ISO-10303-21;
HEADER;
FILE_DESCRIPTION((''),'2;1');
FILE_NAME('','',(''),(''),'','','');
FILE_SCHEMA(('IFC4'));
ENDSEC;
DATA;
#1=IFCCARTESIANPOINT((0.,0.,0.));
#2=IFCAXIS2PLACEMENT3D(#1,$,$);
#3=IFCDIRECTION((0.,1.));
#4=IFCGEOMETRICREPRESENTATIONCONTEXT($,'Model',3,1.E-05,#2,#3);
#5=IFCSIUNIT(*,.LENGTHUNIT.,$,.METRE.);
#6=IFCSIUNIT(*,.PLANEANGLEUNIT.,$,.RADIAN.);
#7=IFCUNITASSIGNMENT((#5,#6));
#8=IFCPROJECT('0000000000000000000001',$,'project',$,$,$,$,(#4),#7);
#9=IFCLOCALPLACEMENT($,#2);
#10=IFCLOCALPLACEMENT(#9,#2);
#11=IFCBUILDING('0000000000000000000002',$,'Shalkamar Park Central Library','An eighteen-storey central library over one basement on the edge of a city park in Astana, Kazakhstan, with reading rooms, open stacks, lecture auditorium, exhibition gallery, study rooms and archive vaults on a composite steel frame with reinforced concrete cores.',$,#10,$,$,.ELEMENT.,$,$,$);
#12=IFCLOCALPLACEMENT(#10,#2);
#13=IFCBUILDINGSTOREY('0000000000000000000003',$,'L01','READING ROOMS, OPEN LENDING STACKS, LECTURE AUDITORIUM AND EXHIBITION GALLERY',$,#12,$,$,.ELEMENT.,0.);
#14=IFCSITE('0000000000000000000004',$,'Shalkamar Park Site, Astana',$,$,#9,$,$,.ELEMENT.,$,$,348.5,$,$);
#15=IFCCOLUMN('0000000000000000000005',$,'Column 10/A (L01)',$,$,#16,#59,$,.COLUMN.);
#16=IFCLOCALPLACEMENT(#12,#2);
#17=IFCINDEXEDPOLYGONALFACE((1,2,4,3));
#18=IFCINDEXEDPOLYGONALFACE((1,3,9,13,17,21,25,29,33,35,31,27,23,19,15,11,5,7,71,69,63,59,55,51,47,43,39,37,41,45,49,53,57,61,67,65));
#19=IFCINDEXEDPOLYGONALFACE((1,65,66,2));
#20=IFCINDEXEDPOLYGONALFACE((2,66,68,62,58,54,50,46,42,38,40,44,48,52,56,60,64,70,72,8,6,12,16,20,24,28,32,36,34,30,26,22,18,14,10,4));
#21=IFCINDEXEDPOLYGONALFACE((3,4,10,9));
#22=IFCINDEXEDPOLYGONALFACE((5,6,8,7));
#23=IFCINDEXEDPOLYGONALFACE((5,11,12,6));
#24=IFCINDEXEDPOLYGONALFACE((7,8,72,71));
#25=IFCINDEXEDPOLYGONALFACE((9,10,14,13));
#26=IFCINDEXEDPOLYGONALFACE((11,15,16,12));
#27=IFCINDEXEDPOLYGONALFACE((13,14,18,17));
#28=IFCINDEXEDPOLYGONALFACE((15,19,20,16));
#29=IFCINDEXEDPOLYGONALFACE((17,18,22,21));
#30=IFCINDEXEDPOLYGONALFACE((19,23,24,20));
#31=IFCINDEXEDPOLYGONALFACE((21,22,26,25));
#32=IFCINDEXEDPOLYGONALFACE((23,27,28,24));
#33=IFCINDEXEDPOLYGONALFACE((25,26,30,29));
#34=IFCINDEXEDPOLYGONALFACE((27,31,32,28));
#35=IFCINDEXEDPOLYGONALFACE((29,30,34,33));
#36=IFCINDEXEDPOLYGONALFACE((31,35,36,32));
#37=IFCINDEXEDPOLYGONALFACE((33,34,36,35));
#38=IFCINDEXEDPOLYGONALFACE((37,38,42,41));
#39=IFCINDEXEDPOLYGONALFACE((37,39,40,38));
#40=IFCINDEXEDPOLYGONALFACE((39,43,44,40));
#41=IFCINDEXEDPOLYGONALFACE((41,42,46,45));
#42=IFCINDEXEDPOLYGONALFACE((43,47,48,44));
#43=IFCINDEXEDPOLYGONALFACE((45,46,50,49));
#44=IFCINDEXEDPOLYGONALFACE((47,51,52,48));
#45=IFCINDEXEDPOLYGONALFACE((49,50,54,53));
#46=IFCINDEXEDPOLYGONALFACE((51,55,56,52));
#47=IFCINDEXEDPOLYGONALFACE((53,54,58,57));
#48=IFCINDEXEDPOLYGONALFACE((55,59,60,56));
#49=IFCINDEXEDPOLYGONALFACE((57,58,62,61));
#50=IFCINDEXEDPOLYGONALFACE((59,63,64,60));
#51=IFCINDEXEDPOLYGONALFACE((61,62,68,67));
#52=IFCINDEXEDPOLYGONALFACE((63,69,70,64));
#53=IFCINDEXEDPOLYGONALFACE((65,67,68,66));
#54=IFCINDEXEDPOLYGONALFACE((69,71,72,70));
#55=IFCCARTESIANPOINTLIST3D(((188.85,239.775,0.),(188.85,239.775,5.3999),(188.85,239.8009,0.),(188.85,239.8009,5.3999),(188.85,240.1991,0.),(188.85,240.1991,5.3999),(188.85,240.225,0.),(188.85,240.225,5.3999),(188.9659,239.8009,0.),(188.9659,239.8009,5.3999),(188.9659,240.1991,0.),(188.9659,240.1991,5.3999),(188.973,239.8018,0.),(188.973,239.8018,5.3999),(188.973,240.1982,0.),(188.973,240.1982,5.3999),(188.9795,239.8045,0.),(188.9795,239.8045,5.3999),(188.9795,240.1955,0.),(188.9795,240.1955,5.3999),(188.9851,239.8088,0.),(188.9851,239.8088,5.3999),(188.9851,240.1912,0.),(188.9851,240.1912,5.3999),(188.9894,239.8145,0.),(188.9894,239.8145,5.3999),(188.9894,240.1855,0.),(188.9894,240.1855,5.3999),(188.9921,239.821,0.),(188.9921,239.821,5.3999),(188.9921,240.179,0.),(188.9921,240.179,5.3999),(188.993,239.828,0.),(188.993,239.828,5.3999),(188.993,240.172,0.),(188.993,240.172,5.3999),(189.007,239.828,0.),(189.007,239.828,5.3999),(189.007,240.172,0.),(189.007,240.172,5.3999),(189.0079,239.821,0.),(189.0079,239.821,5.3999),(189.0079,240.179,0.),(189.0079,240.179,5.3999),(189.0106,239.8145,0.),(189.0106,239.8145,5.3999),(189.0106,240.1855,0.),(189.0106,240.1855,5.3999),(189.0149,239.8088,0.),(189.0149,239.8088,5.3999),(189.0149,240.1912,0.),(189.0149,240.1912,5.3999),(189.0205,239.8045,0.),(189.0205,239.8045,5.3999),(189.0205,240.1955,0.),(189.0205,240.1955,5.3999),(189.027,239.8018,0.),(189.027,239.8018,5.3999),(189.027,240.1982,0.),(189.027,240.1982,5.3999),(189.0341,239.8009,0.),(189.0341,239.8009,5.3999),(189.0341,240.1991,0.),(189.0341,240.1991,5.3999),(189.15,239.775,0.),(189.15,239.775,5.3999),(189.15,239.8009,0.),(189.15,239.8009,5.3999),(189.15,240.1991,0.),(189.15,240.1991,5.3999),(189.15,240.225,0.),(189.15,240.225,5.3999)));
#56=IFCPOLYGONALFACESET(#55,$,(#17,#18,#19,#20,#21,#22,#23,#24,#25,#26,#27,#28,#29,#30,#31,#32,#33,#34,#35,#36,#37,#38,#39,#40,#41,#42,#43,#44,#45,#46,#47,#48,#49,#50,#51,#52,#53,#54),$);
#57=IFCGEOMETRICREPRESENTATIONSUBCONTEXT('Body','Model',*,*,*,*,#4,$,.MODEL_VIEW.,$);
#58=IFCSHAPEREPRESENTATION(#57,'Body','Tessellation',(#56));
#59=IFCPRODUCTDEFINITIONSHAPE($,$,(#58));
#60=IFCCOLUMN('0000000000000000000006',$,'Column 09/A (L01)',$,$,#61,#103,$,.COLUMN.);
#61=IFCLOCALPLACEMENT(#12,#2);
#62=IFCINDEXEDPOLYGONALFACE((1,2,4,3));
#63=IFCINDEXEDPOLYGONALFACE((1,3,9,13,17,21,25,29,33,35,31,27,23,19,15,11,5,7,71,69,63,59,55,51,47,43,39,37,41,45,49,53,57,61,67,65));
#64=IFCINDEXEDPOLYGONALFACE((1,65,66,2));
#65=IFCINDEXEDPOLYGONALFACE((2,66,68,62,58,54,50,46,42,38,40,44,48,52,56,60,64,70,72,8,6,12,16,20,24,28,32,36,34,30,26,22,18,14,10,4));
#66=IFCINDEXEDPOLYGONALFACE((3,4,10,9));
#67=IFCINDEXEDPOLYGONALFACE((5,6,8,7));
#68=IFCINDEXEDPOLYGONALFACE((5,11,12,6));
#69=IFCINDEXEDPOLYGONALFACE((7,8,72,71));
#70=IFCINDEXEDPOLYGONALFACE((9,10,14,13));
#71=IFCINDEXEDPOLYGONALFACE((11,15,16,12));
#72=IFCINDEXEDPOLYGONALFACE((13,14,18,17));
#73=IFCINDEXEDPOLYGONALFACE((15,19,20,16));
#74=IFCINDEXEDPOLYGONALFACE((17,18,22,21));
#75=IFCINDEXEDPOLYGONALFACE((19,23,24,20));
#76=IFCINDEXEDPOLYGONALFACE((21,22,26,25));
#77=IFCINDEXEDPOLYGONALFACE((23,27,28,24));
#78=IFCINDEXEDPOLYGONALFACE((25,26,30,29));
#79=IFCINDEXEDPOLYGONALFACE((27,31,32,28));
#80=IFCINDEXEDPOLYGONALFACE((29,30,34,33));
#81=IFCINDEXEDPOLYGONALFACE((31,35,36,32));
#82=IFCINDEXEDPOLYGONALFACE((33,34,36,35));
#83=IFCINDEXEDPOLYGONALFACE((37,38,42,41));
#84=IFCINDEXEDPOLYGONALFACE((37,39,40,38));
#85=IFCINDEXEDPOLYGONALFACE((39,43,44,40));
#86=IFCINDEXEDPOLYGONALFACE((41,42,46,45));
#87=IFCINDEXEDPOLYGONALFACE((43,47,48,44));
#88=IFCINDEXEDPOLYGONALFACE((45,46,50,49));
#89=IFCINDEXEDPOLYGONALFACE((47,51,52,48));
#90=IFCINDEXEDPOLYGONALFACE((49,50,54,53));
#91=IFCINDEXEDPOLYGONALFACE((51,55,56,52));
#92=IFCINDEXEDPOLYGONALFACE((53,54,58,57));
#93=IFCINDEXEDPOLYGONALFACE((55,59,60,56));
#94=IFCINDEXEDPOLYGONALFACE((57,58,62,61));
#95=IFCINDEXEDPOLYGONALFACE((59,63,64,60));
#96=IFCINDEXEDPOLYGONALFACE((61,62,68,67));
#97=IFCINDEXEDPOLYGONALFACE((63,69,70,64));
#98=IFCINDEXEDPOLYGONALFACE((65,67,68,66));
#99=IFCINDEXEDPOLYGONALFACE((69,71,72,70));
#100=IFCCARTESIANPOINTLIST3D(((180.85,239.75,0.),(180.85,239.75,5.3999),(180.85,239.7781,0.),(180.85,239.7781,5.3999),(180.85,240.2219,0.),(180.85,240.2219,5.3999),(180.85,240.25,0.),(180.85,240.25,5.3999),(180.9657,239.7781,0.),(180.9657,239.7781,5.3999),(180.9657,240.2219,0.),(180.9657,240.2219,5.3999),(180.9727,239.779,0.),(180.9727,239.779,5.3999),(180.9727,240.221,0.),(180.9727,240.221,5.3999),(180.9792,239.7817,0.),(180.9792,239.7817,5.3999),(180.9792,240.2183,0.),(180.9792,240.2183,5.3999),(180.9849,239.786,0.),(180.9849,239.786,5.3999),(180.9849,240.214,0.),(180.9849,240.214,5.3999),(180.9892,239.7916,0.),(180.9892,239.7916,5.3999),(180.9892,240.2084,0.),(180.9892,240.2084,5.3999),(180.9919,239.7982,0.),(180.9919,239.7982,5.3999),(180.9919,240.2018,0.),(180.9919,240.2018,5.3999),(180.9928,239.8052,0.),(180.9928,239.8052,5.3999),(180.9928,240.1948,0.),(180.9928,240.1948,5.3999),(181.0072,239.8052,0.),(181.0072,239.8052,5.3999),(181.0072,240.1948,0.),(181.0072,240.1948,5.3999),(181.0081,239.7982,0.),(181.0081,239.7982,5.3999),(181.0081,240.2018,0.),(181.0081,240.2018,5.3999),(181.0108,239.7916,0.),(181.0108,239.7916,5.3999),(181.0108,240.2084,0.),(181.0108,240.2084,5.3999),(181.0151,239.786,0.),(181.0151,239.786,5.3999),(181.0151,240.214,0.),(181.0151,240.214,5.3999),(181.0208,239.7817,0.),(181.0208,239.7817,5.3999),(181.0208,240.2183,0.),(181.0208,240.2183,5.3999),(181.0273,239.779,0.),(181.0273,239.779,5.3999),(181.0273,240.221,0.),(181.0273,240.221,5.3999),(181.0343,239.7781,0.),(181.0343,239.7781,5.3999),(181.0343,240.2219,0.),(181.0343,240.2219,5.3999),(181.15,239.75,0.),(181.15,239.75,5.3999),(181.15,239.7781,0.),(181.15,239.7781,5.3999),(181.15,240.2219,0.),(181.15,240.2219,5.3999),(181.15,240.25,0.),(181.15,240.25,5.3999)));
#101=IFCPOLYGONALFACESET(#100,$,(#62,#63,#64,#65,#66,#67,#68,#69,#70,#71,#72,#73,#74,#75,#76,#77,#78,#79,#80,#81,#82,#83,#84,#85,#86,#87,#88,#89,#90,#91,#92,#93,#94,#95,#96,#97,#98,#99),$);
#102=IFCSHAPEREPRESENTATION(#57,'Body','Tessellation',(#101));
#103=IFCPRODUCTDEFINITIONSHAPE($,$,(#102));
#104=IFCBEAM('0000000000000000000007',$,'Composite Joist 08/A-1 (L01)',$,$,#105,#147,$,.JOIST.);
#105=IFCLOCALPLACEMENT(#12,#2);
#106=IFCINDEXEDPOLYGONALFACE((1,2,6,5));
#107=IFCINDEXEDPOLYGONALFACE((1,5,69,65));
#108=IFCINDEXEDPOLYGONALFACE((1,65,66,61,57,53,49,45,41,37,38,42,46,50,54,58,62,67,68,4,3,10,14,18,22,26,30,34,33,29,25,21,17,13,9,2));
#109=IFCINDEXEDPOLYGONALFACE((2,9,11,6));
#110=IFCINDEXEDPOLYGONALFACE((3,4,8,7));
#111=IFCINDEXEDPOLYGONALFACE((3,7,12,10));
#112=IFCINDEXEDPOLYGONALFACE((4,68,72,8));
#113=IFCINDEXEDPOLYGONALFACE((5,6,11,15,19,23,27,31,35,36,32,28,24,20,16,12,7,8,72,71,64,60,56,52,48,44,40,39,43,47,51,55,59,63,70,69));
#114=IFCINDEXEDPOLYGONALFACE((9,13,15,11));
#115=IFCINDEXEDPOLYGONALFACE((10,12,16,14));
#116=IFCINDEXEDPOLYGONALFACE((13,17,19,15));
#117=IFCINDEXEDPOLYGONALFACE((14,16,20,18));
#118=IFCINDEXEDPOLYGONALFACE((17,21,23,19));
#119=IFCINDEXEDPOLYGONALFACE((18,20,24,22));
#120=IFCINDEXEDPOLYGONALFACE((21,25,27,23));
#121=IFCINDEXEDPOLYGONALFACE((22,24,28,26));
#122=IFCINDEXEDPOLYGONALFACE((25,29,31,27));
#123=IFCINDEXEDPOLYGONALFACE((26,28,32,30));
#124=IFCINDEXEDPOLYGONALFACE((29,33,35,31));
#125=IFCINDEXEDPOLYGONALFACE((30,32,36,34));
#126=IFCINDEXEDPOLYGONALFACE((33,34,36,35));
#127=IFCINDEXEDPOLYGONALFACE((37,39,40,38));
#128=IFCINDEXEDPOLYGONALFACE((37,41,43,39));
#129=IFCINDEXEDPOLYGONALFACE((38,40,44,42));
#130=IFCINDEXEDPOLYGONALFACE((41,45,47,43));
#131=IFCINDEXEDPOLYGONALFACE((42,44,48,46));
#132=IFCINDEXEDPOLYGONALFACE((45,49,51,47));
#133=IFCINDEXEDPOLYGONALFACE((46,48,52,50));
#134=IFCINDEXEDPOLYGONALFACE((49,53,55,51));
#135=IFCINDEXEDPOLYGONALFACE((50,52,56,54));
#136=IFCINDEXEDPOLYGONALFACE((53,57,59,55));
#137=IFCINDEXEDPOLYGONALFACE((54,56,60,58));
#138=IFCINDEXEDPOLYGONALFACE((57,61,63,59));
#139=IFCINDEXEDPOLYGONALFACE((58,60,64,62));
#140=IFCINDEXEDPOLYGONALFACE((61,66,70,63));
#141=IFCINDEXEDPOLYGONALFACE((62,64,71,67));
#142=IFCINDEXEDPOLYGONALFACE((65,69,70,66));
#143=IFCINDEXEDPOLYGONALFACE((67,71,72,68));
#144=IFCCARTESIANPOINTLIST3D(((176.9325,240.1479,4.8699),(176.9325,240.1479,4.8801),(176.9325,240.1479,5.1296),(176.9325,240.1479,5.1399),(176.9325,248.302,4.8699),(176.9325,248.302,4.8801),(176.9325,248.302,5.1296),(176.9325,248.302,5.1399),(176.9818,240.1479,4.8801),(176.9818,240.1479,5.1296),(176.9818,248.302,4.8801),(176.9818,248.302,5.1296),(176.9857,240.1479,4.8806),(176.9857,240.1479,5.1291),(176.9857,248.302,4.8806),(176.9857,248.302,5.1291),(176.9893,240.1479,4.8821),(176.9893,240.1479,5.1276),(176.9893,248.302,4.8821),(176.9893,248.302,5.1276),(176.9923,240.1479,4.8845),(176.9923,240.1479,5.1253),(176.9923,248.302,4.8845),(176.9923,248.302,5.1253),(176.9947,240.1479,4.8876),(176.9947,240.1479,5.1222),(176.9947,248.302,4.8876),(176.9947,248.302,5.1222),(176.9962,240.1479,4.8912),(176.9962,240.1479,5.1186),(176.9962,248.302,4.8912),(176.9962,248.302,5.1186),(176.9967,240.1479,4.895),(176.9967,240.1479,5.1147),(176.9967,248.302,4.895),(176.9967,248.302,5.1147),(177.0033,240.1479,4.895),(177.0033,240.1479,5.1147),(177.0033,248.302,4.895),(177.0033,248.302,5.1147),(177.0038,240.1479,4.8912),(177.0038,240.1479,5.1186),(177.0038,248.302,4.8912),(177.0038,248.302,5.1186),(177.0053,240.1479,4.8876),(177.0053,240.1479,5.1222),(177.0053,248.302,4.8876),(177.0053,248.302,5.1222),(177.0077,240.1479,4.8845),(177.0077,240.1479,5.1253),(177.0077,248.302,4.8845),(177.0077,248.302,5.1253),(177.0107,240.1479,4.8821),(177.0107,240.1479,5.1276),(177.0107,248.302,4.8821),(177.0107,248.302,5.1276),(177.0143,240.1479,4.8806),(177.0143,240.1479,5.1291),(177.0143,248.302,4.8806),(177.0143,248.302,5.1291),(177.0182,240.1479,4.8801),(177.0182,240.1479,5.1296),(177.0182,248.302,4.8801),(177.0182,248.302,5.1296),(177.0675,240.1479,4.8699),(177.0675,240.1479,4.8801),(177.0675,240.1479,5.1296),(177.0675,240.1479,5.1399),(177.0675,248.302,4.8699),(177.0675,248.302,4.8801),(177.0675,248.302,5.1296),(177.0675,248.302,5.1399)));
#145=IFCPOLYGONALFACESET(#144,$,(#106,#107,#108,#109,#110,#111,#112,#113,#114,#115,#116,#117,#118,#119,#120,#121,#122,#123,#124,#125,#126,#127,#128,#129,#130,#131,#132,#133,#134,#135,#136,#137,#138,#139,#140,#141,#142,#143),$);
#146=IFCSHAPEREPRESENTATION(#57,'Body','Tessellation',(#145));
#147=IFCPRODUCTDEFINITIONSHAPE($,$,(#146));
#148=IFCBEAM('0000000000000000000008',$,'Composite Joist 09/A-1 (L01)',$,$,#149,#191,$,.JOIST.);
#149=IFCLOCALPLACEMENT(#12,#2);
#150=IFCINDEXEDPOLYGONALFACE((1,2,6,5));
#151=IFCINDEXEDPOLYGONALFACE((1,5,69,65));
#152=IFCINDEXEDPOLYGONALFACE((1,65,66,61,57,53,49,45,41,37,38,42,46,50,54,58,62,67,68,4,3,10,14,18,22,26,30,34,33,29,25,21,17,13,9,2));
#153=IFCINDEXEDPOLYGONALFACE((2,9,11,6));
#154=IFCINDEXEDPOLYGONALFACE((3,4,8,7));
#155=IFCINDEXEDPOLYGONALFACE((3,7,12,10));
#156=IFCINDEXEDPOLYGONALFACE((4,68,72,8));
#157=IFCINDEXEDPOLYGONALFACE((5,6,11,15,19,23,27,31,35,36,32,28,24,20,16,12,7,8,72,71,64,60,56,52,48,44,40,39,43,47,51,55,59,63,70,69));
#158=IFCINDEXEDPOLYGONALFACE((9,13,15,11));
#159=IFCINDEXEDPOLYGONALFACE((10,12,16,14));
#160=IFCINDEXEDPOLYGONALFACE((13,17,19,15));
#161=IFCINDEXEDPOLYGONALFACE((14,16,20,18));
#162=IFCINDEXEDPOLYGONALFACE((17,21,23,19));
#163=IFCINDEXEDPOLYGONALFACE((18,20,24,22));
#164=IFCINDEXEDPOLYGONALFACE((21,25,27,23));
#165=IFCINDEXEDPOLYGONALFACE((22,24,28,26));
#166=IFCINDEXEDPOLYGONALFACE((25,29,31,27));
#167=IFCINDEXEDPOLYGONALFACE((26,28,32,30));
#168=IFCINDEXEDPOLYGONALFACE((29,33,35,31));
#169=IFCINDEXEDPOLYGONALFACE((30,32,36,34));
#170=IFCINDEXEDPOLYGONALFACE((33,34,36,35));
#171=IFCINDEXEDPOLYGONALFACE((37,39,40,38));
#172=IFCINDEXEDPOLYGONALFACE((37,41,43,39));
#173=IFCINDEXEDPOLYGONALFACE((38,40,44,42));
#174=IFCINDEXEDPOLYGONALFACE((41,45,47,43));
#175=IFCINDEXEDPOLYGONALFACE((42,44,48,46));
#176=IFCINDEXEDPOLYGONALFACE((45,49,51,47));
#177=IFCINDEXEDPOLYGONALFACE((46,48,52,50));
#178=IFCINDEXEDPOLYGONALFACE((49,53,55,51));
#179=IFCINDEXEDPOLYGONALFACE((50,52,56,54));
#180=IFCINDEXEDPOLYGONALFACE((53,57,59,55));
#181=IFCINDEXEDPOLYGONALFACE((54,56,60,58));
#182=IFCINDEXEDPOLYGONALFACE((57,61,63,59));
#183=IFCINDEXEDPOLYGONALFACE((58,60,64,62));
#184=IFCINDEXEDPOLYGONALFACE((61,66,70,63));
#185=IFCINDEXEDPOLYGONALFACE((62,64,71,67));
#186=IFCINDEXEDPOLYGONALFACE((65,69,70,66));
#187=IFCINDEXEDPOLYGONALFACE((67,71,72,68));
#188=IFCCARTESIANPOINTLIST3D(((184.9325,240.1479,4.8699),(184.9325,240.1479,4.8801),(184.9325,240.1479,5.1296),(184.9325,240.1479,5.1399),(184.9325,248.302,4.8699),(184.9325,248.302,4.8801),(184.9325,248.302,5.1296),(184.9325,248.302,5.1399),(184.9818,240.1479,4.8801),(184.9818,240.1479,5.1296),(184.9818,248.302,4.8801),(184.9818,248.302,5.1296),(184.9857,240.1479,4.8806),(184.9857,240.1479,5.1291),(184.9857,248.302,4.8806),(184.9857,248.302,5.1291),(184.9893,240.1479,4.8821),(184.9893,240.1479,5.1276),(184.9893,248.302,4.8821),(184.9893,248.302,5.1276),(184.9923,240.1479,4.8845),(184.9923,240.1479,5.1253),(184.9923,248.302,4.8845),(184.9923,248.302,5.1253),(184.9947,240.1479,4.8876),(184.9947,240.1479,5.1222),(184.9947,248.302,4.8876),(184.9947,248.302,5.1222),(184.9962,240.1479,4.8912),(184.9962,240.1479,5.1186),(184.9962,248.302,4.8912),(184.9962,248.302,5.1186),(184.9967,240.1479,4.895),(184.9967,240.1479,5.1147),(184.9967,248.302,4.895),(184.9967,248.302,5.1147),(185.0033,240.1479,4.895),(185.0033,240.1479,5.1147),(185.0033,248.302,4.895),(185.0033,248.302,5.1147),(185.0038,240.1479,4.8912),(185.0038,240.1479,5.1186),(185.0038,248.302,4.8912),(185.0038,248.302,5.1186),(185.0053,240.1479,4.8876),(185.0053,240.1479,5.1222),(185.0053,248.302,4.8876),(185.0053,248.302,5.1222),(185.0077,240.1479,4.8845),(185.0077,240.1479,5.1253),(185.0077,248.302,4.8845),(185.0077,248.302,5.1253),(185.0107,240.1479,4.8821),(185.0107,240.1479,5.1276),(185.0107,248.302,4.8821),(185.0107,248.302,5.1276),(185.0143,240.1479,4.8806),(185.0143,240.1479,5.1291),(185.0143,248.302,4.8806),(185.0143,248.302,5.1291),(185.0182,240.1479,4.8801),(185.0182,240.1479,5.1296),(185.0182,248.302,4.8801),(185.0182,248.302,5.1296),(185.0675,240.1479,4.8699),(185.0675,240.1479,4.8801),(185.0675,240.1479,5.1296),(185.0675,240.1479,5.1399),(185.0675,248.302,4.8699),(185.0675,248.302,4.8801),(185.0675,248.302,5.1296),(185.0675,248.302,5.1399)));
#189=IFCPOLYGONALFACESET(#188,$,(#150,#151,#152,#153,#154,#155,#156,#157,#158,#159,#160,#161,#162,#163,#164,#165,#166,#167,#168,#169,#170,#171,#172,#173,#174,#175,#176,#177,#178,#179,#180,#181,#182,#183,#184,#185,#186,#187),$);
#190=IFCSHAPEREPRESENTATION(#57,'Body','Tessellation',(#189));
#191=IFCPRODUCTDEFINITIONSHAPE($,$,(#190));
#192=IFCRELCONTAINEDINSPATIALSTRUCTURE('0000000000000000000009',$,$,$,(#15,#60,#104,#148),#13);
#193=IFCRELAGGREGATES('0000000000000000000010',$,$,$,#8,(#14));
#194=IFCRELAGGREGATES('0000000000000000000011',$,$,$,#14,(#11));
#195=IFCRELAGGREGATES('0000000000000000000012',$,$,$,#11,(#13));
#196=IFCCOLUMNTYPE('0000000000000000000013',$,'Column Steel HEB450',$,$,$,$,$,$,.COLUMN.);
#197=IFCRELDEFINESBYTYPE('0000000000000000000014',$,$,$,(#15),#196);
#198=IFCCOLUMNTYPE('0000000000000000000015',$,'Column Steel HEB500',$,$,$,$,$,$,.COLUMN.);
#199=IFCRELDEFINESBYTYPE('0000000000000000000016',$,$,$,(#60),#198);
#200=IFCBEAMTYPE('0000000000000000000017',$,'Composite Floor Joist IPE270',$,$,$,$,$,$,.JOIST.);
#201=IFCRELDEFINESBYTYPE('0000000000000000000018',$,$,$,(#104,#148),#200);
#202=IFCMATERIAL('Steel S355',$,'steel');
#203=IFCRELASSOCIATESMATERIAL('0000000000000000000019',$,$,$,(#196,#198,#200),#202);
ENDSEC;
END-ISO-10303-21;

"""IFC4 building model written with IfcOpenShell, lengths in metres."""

from ifc_helpers import new_model, si_unit, direction, frame, origin, origin_2d, place, context, subcontext, project, spatial, i_section, extrude, material, material_profile, profile_set, type_object, element, save


model = new_model("IFC4")

# Units and contexts
model_context = context("Model", 3, precision=1e-05, world=origin(), true_north=direction((0.0, 1.0)))
body_context = subcontext(model_context, "Body", "Model", "MODEL_VIEW")
ifc_project = project(units=[si_unit("LENGTHUNIT", "METRE"), si_unit("PLANEANGLEUNIT", "RADIAN")], contexts=[model_context])

# Site, building, storey
site_placement = place(None, origin())
site = spatial("IfcSite", under=ifc_project, at=site_placement, Name="Shalkamar Park Site, Astana", CompositionType="ELEMENT", RefElevation=348.5)
building_placement = place(site_placement, origin())
building = spatial("IfcBuilding", under=site, at=building_placement, Name="Shalkamar Park Central Library", Description="An eighteen-storey central library over one basement on the edge of a city park in Astana, Kazakhstan, with reading rooms, open stacks, lecture auditorium, exhibition gallery, study rooms and archive vaults on a composite steel frame with reinforced concrete cores.", CompositionType="ELEMENT")
storey_placement = place(building_placement, origin())
storey = spatial("IfcBuildingStorey", under=building, at=storey_placement, Name="L01", Description="READING ROOMS, OPEN LENDING STACKS, LECTURE AUDITORIUM AND EXHIBITION GALLERY", CompositionType="ELEMENT", Elevation=0.0)

# Columns
ifc_material_1 = material(Name="Steel S355", Category="steel")
ifc_material_profile_1 = material_profile(ifc_material_1, i_section(OverallWidth=0.3, OverallDepth=0.45, WebThickness=0.0139, FlangeThickness=0.0259, FilletRadius=0.0271, at=origin_2d()), Name="HEB 450")
ifc_profile_set_1 = profile_set([ifc_material_profile_1], Name="Steel S355")
column_type_1 = type_object("IfcColumnType", Name="Column Steel HEB450", PredefinedType="COLUMN", material=ifc_profile_set_1)
column_1_placement = place(storey_placement, frame((189.0, 240.0, 0.0), z_axis=(0.0, 0.0, 1.0), x_axis=(1.0, 0.0, 0.0)))
element("IfcColumn", 1, at=column_1_placement, inside=storey, type_object=column_type_1, Name="Column 10/A (L01)", PredefinedType="COLUMN", context=body_context, shape_type="SweptSolid", body=[
    extrude(i_section(OverallWidth=0.3, OverallDepth=0.45, WebThickness=0.0139, FlangeThickness=0.0259, FilletRadius=0.0271, at=origin_2d()), origin(), (0.0, 0.0, 1.0), 5.3999),
])
ifc_material_profile_2 = material_profile(ifc_material_1, i_section(OverallWidth=0.3, OverallDepth=0.5, WebThickness=0.0144, FlangeThickness=0.0281, FilletRadius=0.0271, at=origin_2d()), Name="HEB 500")
ifc_profile_set_2 = profile_set([ifc_material_profile_2], Name="Steel S355")
column_type_2 = type_object("IfcColumnType", Name="Column Steel HEB500", PredefinedType="COLUMN", material=ifc_profile_set_2)
column_2_placement = place(storey_placement, frame((181.0, 240.0, 0.0), z_axis=(0.0, 0.0, 1.0), x_axis=(1.0, 0.0, 0.0)))
element("IfcColumn", 2, at=column_2_placement, inside=storey, type_object=column_type_2, Name="Column 09/A (L01)", PredefinedType="COLUMN", context=body_context, shape_type="SweptSolid", body=[
    extrude(i_section(OverallWidth=0.3, OverallDepth=0.5, WebThickness=0.0144, FlangeThickness=0.0281, FilletRadius=0.0271, at=origin_2d()), origin(), (0.0, 0.0, 1.0), 5.3999),
])

# Beams
ifc_material_profile_3 = material_profile(ifc_material_1, i_section(OverallWidth=0.135, OverallDepth=0.27, WebThickness=0.0066, FlangeThickness=0.0103, FilletRadius=0.0149, at=origin_2d()), Name="IPE 270")
ifc_profile_set_3 = profile_set([ifc_material_profile_3], Name="Steel S355")
beam_type_1 = type_object("IfcBeamType", Name="Composite Floor Joist IPE270", PredefinedType="JOIST", material=ifc_profile_set_3)
for number, where, z_axis, x_axis, name in (
    (3, (177.0, 240.1479, 5.0049), (0.0, 1.0, 0.0), (-1.0, 0.0, 0.0), "Composite Joist 08/A-1 (L01)"),
    (4, (185.0, 240.1479, 5.0049), (0.0, 1.0, 0.0), (-1.0, 0.0, 0.0), "Composite Joist 09/A-1 (L01)"),
):
    element("IfcBeam", number, at=place(storey_placement, frame(where, z_axis=z_axis, x_axis=x_axis)), inside=storey, type_object=beam_type_1, Name=name, PredefinedType="JOIST", context=body_context, shape_type="SweptSolid", body=[
        extrude(i_section(OverallWidth=0.135, OverallDepth=0.27, WebThickness=0.0066, FlangeThickness=0.0103, FilletRadius=0.0149, at=origin_2d()), origin(), (0.0, 0.0, 1.0), 8.1541),
    ])

save(model, "model.ifc")
